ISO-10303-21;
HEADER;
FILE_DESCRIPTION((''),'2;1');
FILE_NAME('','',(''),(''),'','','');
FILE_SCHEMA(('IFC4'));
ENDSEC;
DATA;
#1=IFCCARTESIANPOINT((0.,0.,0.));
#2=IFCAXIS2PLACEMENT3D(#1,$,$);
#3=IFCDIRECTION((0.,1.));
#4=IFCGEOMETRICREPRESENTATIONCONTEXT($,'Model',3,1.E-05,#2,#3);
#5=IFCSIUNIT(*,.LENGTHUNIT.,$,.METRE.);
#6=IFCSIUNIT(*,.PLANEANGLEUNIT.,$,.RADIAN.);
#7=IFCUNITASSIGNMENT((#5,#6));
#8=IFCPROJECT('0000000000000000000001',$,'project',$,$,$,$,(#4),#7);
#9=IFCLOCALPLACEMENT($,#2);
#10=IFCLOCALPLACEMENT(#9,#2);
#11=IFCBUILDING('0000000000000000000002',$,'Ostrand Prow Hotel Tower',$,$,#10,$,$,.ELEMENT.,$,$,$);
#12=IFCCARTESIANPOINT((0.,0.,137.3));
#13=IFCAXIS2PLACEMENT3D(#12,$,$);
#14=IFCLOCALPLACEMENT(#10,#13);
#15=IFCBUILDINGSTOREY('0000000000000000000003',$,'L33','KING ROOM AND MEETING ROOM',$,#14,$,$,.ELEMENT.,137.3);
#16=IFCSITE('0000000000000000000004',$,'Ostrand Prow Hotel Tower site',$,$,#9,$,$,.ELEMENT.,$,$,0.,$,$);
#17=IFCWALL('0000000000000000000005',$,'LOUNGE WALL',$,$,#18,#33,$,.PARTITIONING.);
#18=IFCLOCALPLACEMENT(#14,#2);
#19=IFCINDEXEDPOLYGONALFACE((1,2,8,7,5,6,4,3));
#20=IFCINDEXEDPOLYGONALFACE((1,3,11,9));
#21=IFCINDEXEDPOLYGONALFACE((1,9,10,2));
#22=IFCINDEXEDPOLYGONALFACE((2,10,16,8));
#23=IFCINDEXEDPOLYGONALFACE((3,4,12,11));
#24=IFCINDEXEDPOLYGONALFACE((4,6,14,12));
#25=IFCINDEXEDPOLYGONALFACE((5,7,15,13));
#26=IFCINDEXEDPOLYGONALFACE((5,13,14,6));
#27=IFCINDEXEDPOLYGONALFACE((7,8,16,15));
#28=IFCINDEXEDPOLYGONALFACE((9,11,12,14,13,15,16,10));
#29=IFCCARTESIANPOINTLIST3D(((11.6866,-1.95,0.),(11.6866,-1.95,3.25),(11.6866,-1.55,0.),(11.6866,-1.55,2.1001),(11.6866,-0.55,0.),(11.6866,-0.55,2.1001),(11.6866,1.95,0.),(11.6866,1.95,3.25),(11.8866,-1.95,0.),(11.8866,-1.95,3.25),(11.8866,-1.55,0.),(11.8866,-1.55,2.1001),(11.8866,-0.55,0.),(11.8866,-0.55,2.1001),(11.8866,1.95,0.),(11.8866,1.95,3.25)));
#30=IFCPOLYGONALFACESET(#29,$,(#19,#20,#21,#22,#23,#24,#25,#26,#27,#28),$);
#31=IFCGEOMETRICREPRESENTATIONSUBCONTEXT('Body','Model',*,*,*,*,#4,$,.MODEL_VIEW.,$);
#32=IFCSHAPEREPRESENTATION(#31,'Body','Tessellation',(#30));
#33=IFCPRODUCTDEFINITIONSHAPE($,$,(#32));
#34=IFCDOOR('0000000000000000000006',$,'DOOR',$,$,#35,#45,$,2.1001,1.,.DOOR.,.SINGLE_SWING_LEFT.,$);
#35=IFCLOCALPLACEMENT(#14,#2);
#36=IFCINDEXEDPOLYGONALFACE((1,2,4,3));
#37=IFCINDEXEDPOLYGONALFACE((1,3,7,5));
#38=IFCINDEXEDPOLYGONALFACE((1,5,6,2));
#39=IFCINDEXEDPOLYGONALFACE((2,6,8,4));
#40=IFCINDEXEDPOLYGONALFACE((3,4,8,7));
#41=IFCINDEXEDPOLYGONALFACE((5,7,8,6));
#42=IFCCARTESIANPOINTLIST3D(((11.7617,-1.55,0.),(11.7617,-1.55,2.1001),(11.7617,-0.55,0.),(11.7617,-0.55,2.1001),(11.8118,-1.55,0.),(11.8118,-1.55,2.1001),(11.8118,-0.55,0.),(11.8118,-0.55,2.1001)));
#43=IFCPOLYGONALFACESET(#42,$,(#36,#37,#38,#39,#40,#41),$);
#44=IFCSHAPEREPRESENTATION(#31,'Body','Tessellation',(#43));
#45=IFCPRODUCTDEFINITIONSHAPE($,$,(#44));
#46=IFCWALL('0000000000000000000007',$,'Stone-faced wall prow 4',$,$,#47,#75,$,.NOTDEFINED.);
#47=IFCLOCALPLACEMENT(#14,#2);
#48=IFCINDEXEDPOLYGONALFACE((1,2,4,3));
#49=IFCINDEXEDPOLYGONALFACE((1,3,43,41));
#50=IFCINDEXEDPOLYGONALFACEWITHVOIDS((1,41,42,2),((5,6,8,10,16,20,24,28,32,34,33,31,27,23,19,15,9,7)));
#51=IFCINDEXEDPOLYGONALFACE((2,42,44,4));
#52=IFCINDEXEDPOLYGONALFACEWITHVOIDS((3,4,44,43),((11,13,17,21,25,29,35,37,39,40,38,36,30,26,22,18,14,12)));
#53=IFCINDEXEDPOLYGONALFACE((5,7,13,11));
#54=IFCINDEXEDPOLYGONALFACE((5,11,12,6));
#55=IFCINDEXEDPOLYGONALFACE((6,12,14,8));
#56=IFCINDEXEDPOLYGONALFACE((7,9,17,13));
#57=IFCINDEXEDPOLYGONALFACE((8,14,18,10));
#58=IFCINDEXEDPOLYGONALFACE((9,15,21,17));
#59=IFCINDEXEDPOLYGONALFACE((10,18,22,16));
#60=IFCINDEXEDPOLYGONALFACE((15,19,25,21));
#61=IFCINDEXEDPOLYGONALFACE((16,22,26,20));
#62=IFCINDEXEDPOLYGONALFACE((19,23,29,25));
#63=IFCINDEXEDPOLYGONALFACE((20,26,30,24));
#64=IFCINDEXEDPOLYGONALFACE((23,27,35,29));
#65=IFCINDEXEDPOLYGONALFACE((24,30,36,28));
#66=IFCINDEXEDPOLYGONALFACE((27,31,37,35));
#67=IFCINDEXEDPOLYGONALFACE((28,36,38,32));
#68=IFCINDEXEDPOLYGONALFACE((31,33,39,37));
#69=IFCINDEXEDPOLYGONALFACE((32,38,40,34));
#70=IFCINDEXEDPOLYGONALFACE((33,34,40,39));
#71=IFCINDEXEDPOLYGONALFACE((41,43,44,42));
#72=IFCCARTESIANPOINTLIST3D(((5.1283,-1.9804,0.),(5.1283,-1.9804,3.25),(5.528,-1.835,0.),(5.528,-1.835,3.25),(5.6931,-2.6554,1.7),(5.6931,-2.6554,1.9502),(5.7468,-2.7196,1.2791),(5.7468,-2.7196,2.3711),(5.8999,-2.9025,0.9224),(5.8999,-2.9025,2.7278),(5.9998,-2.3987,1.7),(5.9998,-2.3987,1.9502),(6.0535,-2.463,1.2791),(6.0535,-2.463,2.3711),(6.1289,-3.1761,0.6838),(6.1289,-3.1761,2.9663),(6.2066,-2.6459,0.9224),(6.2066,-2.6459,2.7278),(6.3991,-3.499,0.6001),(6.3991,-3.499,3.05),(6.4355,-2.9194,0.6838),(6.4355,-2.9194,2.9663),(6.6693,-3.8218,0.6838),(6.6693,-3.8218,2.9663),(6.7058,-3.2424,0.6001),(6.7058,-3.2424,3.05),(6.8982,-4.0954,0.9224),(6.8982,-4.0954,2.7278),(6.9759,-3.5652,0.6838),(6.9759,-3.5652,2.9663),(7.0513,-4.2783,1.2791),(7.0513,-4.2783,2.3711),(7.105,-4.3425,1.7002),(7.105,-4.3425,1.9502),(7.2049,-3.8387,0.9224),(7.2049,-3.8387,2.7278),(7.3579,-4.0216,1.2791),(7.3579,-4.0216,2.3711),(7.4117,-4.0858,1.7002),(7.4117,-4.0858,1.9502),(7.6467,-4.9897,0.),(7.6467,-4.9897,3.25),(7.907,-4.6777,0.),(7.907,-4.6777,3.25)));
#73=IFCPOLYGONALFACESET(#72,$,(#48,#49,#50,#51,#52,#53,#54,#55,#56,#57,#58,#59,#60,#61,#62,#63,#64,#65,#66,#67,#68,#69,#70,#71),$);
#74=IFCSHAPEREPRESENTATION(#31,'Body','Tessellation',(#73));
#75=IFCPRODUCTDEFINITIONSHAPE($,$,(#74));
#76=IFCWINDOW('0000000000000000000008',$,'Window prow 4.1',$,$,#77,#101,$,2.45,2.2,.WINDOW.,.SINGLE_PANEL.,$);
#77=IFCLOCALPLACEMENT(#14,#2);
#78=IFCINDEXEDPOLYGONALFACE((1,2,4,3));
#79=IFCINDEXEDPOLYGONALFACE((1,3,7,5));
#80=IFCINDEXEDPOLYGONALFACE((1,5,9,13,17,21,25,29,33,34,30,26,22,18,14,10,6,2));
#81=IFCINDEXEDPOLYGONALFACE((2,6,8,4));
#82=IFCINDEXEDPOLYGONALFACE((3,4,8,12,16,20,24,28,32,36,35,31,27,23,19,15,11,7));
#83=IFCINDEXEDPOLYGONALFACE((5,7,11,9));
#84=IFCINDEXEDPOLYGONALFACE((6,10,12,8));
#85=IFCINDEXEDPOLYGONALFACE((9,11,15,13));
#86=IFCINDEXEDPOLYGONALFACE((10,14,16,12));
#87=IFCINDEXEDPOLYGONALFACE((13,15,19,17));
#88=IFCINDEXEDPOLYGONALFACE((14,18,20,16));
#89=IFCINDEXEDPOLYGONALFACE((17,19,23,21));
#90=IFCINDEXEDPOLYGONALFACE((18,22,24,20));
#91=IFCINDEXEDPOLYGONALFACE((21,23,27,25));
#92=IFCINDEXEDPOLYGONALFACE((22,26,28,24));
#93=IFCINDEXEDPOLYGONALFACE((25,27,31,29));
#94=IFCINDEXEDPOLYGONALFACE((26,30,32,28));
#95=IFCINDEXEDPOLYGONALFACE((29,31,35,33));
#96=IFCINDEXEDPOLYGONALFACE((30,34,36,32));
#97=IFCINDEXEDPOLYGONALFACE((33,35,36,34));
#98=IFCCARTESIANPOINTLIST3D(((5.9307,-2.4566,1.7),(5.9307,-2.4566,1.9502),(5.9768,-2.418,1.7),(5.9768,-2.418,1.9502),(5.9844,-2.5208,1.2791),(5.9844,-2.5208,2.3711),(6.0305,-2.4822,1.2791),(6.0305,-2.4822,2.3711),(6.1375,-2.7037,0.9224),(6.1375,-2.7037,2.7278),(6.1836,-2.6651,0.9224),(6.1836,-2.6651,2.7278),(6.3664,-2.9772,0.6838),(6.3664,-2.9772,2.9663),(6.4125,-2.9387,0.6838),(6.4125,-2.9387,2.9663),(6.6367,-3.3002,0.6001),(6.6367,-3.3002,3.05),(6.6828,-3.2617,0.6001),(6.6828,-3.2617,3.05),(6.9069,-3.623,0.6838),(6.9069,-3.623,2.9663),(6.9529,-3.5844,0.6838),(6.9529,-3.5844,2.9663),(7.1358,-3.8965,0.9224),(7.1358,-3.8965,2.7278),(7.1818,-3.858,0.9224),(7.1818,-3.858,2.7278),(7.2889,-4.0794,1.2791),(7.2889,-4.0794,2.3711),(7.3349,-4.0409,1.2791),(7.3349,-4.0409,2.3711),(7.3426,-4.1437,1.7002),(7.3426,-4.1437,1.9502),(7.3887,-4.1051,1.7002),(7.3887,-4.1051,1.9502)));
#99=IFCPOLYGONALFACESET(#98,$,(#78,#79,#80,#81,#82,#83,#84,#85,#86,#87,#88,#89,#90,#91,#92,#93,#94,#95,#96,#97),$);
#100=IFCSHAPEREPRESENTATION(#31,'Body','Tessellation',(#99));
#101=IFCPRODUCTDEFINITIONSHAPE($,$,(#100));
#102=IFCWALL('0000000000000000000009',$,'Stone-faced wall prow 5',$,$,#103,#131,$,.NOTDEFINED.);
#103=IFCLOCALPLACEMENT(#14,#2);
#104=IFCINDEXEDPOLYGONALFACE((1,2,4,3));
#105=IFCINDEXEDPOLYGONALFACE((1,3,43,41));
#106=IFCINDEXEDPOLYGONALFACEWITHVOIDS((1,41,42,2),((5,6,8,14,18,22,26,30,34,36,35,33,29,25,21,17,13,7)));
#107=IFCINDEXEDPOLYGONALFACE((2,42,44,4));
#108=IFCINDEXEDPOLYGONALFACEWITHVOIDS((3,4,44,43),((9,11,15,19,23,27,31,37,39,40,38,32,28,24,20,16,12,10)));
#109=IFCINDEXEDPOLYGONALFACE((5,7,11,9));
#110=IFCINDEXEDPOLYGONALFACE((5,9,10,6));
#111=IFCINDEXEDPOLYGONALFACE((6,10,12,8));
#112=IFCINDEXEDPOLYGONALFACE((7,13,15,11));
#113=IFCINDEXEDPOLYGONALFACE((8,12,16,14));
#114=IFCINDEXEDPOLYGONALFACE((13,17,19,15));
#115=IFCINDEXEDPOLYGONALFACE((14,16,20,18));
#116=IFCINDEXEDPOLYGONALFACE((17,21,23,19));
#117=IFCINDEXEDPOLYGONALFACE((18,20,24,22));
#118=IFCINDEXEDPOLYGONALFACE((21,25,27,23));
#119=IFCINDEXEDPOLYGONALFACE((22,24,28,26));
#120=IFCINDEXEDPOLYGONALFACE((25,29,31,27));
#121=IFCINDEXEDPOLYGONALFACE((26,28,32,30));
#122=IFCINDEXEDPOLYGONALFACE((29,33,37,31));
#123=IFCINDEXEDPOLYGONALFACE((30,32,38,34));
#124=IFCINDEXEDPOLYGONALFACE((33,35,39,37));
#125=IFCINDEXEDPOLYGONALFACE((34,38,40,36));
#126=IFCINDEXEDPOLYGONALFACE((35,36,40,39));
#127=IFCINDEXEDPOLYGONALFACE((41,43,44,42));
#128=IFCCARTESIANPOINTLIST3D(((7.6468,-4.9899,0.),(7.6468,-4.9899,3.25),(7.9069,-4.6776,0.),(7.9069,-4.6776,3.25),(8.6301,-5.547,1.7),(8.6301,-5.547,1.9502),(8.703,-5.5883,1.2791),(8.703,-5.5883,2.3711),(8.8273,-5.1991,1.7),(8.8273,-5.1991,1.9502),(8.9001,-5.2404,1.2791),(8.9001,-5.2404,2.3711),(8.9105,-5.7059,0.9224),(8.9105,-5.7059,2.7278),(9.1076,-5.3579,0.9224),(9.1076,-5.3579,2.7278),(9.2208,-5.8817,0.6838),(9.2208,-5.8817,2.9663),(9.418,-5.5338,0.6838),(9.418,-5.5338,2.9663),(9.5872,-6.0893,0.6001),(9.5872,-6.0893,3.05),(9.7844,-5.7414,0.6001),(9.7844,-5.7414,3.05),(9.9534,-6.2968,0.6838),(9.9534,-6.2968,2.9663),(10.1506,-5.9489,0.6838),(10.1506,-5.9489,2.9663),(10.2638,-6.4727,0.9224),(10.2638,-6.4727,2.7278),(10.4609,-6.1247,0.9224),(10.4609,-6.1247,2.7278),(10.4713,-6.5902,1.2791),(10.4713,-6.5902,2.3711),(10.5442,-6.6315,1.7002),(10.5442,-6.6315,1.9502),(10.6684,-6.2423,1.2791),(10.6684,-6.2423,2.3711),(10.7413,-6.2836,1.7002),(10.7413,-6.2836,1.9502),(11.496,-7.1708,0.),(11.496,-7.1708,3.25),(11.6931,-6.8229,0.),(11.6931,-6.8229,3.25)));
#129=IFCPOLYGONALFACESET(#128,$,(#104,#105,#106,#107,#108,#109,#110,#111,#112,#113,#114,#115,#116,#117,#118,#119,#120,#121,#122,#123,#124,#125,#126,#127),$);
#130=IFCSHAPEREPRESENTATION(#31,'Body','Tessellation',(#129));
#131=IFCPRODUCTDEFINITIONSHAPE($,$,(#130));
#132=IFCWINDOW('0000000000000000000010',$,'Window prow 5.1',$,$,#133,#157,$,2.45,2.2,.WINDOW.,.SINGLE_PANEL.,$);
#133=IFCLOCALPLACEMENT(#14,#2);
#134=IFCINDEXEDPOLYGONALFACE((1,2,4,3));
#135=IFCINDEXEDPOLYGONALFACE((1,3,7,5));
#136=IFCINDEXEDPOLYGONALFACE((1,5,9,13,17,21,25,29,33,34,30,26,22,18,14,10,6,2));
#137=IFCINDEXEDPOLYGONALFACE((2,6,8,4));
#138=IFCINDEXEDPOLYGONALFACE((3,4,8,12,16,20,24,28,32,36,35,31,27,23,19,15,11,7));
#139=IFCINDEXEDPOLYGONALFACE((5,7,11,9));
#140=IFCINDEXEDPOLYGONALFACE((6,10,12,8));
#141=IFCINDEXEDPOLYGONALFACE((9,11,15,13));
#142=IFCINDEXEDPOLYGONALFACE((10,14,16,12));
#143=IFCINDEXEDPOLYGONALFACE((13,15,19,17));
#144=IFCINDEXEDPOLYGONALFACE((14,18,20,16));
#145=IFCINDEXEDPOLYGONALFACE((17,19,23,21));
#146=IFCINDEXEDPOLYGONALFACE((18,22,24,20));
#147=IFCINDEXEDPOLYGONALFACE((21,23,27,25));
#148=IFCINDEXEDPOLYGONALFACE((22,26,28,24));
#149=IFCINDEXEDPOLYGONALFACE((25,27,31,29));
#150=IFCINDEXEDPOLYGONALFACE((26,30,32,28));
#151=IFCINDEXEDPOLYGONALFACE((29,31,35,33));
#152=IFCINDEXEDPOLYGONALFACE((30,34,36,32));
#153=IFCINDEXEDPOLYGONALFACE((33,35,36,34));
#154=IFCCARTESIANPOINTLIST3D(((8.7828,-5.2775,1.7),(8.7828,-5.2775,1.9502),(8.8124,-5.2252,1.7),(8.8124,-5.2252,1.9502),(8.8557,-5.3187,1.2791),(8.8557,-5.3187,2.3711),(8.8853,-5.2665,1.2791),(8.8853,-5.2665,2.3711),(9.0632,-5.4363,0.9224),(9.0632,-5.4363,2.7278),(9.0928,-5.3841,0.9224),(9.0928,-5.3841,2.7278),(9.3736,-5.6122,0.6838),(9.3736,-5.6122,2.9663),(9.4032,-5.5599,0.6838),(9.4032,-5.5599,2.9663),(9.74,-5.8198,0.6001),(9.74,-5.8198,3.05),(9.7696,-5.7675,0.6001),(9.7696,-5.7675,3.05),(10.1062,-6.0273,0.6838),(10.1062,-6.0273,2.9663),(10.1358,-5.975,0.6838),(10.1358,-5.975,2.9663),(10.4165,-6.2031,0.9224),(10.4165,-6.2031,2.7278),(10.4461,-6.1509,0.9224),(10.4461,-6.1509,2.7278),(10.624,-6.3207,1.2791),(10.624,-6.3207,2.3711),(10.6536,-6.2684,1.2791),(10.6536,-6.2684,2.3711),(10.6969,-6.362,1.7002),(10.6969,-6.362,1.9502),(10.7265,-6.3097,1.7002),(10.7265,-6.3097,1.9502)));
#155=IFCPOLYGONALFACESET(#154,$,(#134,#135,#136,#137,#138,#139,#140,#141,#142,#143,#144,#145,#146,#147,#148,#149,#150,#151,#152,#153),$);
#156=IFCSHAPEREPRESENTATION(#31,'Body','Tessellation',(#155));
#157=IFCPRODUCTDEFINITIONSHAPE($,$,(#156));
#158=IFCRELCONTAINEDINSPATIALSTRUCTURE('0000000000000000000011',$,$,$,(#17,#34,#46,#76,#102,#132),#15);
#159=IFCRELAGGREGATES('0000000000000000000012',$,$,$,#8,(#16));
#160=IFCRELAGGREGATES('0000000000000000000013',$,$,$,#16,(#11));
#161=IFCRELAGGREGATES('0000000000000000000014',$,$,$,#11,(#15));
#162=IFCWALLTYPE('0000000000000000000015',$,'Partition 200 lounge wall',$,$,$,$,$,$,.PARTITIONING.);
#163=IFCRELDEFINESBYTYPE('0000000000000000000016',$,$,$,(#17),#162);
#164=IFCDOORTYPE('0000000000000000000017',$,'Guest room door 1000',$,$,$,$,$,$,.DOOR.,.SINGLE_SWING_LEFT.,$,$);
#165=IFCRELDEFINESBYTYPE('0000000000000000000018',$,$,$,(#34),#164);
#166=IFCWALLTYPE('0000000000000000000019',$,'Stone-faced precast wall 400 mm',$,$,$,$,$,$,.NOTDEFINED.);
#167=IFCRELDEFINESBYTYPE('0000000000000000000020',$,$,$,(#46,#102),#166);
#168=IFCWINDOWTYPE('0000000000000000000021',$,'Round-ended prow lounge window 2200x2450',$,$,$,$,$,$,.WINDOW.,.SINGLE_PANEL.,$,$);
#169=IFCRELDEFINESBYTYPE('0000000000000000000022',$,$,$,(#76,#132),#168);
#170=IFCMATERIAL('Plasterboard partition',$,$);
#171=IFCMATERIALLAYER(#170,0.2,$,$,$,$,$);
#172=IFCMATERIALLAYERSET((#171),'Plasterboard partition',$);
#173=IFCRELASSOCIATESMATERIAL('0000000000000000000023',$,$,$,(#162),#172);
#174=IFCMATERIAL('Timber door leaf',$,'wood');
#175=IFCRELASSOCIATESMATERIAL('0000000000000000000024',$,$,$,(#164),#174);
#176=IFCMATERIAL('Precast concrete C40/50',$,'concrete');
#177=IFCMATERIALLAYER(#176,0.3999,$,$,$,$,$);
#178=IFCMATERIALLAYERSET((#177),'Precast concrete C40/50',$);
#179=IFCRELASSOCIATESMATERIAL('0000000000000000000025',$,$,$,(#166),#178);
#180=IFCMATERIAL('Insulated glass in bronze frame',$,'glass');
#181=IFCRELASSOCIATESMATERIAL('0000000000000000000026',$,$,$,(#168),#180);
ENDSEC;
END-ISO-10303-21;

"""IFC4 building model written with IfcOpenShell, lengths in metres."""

from ifc_helpers import new_model, si_unit, direction, frame, frame_2d, origin, place, context, subcontext, project, spatial, polyline, rectangle, outline, extrude, material, layer, layer_set, type_object, element, fill, save


model = new_model("IFC4")

# Units and contexts
model_context = context("Model", 3, precision=1e-05, world=origin(), true_north=direction((0.0, 1.0)))
body_context = subcontext(model_context, "Body", "Model", "MODEL_VIEW")
ifc_project = project(units=[si_unit("LENGTHUNIT", "METRE"), si_unit("PLANEANGLEUNIT", "RADIAN")], contexts=[model_context])

# Site, building, storey
site_placement = place(None, origin())
site = spatial("IfcSite", under=ifc_project, at=site_placement, Name="Ostrand Prow Hotel Tower site", CompositionType="ELEMENT", RefElevation=0.0)
building_placement = place(site_placement, origin())
building = spatial("IfcBuilding", under=site, at=building_placement, Name="Ostrand Prow Hotel Tower", CompositionType="ELEMENT")
storey_placement = place(building_placement, frame((0.0, 0.0, 137.3)))
storey = spatial("IfcBuildingStorey", under=building, at=storey_placement, Name="L33", Description="KING ROOM AND MEETING ROOM", CompositionType="ELEMENT", Elevation=137.3)

# Wall, opening, door
ifc_material_1 = material(Name="Plasterboard partition")
ifc_layer_1 = layer(ifc_material_1, 0.2)
ifc_layer_set_1 = layer_set([ifc_layer_1], Name="Plasterboard partition")
wall_type_1 = type_object("IfcWallType", Name="Partition 200 lounge wall", PredefinedType="PARTITIONING", material=ifc_layer_set_1)
wall_1_placement = place(storey_placement, frame((11.7866, -1.95, 0.0), z_axis=(0.0, 0.0, 1.0), x_axis=(0.0, 1.0, 0.0)))
wall_1 = element("IfcWall", 1, at=wall_1_placement, inside=storey, type_object=wall_type_1, Name="LOUNGE WALL", PredefinedType="PARTITIONING", context=body_context, shape_type="SweptSolid", body=[
    extrude(rectangle(XDim=3.8999, YDim=0.2, at=frame_2d((1.95, 0.0))), origin(), (0.0, 0.0, 1.0), 3.25),
])
opening_1_placement = place(wall_1_placement, frame((0.3999, 0.0, 0.0)))
opening_1 = element("IfcOpeningElement", 2, at=opening_1_placement, cuts=wall_1, PredefinedType="OPENING", context=body_context, shape_type="SweptSolid", body=[
    extrude(rectangle(XDim=1.0, YDim=2.1001, at=frame_2d((0.5, 1.05))), frame((0.0, 0.1099, 0.0), z_axis=(0.0, -1.0, 0.0), x_axis=(1.0, 0.0, 0.0)), (0.0, 0.0, 1.0), 0.22),
])
ifc_material_2 = material(Name="Timber door leaf", Category="wood")
door_type_1 = type_object("IfcDoorType", Name="Guest room door 1000", OperationType="SINGLE_SWING_LEFT", PredefinedType="DOOR", material=ifc_material_2)
door_1_placement = place(opening_1_placement, origin())
door_1 = element("IfcDoor", 3, at=door_1_placement, inside=storey, type_object=door_type_1, Name="DOOR", OperationType="SINGLE_SWING_LEFT", OverallHeight=2.1001, OverallWidth=1.0, PredefinedType="DOOR", context=body_context, shape_type="SweptSolid", body=[
    extrude(rectangle(XDim=1.0, YDim=2.1001, at=frame_2d((0.5, 1.05))), frame((0.0, 0.0249, 0.0), z_axis=(0.0, -1.0, 0.0), x_axis=(1.0, 0.0, 0.0)), (0.0, 0.0, 1.0), 0.05),
])
fill(opening_1, door_1)

# Walls, openings, windows
ifc_material_3 = material(Name="Precast concrete C40/50", Category="concrete")
ifc_layer_2 = layer(ifc_material_3, 0.3999)
ifc_layer_set_2 = layer_set([ifc_layer_2], Name="Precast concrete C40/50")
wall_type_2 = type_object("IfcWallType", Name="Stone-faced precast wall 400 mm", PredefinedType="NOTDEFINED", material=ifc_layer_set_2)
wall_2_placement = place(storey_placement, frame((5.3281, -1.9077, 0.0), z_axis=(0.0, 0.0, 1.0), x_axis=(0.641788, -0.766882, 0.0)))
wall_2 = element("IfcWall", 4, at=wall_2_placement, inside=storey, type_object=wall_type_2, Name="Stone-faced wall prow 4", PredefinedType="NOTDEFINED", context=body_context, shape_type="SweptSolid", body=[
    extrude(outline(polyline([(-0.0725, -0.2), (3.8516, -0.2), (3.7793, 0.2), (0.0725, 0.2), (-0.0725, -0.2)])), origin(), (0.0, 0.0, 1.0), 3.25),
])
opening_2_placement = place(wall_2_placement, frame((0.8076, 0.0, 0.6001)))
opening_2 = element("IfcOpeningElement", 5, at=opening_2_placement, cuts=wall_2, PredefinedType="OPENING", context=body_context, shape_type="SweptSolid", body=[
    extrude(outline(polyline([(0.0, 1.3501), (0.0837, 1.771), (0.3223, 2.1277), (0.679, 2.3662), (1.1001, 2.45), (1.521, 2.3662), (1.8777, 2.1277), (2.1162, 1.771), (2.2, 1.3501), (2.2, 1.1001), (2.1162, 0.679), (1.8777, 0.3223), (1.521, 0.0837), (1.1001, 0.0), (0.679, 0.0837), (0.3223, 0.3223), (0.0837, 0.679), (0.0, 1.0999), (0.0, 1.3501)])), frame((0.0, 0.21, 0.0), z_axis=(0.0, -1.0, 0.0), x_axis=(1.0, 0.0, 0.0)), (0.0, 0.0, 1.0), 0.4199),
])
ifc_material_4 = material(Name="Insulated glass in bronze frame", Category="glass")
window_type = type_object("IfcWindowType", Name="Round-ended prow lounge window 2200x2450", PartitioningType="SINGLE_PANEL", PredefinedType="WINDOW", material=ifc_material_4)
window_1_placement = place(opening_2_placement, origin())
window_1 = element("IfcWindow", 6, at=window_1_placement, inside=storey, type_object=window_type, Name="Window prow 4.1", OverallHeight=2.45, OverallWidth=2.2, PartitioningType="SINGLE_PANEL", PredefinedType="WINDOW", context=body_context, shape_type="SweptSolid", body=[
    extrude(outline(polyline([(0.0, 1.3501), (0.0837, 1.771), (0.3223, 2.1277), (0.679, 2.3662), (1.1001, 2.45), (1.521, 2.3662), (1.8777, 2.1277), (2.1162, 1.771), (2.2, 1.3501), (2.2, 1.1001), (2.1162, 0.679), (1.8777, 0.3223), (1.521, 0.0837), (1.1001, 0.0), (0.679, 0.0837), (0.3223, 0.3223), (0.0837, 0.679), (0.0, 1.0999), (0.0, 1.3501)])), frame((0.0, 0.1699, 0.0), z_axis=(0.0, -1.0, 0.0), x_axis=(1.0, 0.0, 0.0)), (0.0, 0.0, 1.0), 0.0601),
])
fill(opening_2, window_1)
wall_3_placement = place(storey_placement, frame((7.7769, -4.8337, 0.0), z_axis=(0.0, 0.0, 1.0), x_axis=(0.870045, -0.492972, 0.0)))
wall_3 = element("IfcWall", 7, at=wall_3_placement, inside=storey, type_object=wall_type_2, Name="Stone-faced wall prow 5", PredefinedType="NOTDEFINED", context=body_context, shape_type="SweptSolid", body=[
    extrude(outline(polyline([(-0.0361, -0.2), (4.3879, -0.2), (4.3879, 0.2), (0.0361, 0.2), (-0.0361, -0.2)])), origin(), (0.0, 0.0, 1.0), 3.25),
])
opening_3_placement = place(wall_3_placement, frame((1.094, 0.0, 0.6001)))
opening_3 = element("IfcOpeningElement", 8, at=opening_3_placement, cuts=wall_3, PredefinedType="OPENING", context=body_context, shape_type="SweptSolid", body=[
    extrude(outline(polyline([(0.0, 1.3501), (0.0837, 1.771), (0.3223, 2.1277), (0.679, 2.3662), (1.1001, 2.45), (1.521, 2.3662), (1.8777, 2.1277), (2.1162, 1.771), (2.2, 1.3501), (2.2, 1.1001), (2.1162, 0.679), (1.8777, 0.3223), (1.521, 0.0837), (1.1001, 0.0), (0.679, 0.0837), (0.3223, 0.3223), (0.0837, 0.679), (0.0, 1.0999), (0.0, 1.3501)])), frame((0.0, 0.21, 0.0), z_axis=(0.0, -1.0, 0.0), x_axis=(1.0, 0.0, 0.0)), (0.0, 0.0, 1.0), 0.4199),
])
window_2_placement = place(opening_3_placement, origin())
window_2 = element("IfcWindow", 9, at=window_2_placement, inside=storey, type_object=window_type, Name="Window prow 5.1", OverallHeight=2.45, OverallWidth=2.2, PartitioningType="SINGLE_PANEL", PredefinedType="WINDOW", context=body_context, shape_type="SweptSolid", body=[
    extrude(outline(polyline([(0.0, 1.3501), (0.0837, 1.771), (0.3223, 2.1277), (0.679, 2.3662), (1.1001, 2.45), (1.521, 2.3662), (1.8777, 2.1277), (2.1162, 1.771), (2.2, 1.3501), (2.2, 1.1001), (2.1162, 0.679), (1.8777, 0.3223), (1.521, 0.0837), (1.1001, 0.0), (0.679, 0.0837), (0.3223, 0.3223), (0.0837, 0.679), (0.0, 1.0999), (0.0, 1.3501)])), frame((0.0, 0.1699, 0.0), z_axis=(0.0, -1.0, 0.0), x_axis=(1.0, 0.0, 0.0)), (0.0, 0.0, 1.0), 0.0601),
])
fill(opening_3, window_2)

save(model, "model.ifc")
